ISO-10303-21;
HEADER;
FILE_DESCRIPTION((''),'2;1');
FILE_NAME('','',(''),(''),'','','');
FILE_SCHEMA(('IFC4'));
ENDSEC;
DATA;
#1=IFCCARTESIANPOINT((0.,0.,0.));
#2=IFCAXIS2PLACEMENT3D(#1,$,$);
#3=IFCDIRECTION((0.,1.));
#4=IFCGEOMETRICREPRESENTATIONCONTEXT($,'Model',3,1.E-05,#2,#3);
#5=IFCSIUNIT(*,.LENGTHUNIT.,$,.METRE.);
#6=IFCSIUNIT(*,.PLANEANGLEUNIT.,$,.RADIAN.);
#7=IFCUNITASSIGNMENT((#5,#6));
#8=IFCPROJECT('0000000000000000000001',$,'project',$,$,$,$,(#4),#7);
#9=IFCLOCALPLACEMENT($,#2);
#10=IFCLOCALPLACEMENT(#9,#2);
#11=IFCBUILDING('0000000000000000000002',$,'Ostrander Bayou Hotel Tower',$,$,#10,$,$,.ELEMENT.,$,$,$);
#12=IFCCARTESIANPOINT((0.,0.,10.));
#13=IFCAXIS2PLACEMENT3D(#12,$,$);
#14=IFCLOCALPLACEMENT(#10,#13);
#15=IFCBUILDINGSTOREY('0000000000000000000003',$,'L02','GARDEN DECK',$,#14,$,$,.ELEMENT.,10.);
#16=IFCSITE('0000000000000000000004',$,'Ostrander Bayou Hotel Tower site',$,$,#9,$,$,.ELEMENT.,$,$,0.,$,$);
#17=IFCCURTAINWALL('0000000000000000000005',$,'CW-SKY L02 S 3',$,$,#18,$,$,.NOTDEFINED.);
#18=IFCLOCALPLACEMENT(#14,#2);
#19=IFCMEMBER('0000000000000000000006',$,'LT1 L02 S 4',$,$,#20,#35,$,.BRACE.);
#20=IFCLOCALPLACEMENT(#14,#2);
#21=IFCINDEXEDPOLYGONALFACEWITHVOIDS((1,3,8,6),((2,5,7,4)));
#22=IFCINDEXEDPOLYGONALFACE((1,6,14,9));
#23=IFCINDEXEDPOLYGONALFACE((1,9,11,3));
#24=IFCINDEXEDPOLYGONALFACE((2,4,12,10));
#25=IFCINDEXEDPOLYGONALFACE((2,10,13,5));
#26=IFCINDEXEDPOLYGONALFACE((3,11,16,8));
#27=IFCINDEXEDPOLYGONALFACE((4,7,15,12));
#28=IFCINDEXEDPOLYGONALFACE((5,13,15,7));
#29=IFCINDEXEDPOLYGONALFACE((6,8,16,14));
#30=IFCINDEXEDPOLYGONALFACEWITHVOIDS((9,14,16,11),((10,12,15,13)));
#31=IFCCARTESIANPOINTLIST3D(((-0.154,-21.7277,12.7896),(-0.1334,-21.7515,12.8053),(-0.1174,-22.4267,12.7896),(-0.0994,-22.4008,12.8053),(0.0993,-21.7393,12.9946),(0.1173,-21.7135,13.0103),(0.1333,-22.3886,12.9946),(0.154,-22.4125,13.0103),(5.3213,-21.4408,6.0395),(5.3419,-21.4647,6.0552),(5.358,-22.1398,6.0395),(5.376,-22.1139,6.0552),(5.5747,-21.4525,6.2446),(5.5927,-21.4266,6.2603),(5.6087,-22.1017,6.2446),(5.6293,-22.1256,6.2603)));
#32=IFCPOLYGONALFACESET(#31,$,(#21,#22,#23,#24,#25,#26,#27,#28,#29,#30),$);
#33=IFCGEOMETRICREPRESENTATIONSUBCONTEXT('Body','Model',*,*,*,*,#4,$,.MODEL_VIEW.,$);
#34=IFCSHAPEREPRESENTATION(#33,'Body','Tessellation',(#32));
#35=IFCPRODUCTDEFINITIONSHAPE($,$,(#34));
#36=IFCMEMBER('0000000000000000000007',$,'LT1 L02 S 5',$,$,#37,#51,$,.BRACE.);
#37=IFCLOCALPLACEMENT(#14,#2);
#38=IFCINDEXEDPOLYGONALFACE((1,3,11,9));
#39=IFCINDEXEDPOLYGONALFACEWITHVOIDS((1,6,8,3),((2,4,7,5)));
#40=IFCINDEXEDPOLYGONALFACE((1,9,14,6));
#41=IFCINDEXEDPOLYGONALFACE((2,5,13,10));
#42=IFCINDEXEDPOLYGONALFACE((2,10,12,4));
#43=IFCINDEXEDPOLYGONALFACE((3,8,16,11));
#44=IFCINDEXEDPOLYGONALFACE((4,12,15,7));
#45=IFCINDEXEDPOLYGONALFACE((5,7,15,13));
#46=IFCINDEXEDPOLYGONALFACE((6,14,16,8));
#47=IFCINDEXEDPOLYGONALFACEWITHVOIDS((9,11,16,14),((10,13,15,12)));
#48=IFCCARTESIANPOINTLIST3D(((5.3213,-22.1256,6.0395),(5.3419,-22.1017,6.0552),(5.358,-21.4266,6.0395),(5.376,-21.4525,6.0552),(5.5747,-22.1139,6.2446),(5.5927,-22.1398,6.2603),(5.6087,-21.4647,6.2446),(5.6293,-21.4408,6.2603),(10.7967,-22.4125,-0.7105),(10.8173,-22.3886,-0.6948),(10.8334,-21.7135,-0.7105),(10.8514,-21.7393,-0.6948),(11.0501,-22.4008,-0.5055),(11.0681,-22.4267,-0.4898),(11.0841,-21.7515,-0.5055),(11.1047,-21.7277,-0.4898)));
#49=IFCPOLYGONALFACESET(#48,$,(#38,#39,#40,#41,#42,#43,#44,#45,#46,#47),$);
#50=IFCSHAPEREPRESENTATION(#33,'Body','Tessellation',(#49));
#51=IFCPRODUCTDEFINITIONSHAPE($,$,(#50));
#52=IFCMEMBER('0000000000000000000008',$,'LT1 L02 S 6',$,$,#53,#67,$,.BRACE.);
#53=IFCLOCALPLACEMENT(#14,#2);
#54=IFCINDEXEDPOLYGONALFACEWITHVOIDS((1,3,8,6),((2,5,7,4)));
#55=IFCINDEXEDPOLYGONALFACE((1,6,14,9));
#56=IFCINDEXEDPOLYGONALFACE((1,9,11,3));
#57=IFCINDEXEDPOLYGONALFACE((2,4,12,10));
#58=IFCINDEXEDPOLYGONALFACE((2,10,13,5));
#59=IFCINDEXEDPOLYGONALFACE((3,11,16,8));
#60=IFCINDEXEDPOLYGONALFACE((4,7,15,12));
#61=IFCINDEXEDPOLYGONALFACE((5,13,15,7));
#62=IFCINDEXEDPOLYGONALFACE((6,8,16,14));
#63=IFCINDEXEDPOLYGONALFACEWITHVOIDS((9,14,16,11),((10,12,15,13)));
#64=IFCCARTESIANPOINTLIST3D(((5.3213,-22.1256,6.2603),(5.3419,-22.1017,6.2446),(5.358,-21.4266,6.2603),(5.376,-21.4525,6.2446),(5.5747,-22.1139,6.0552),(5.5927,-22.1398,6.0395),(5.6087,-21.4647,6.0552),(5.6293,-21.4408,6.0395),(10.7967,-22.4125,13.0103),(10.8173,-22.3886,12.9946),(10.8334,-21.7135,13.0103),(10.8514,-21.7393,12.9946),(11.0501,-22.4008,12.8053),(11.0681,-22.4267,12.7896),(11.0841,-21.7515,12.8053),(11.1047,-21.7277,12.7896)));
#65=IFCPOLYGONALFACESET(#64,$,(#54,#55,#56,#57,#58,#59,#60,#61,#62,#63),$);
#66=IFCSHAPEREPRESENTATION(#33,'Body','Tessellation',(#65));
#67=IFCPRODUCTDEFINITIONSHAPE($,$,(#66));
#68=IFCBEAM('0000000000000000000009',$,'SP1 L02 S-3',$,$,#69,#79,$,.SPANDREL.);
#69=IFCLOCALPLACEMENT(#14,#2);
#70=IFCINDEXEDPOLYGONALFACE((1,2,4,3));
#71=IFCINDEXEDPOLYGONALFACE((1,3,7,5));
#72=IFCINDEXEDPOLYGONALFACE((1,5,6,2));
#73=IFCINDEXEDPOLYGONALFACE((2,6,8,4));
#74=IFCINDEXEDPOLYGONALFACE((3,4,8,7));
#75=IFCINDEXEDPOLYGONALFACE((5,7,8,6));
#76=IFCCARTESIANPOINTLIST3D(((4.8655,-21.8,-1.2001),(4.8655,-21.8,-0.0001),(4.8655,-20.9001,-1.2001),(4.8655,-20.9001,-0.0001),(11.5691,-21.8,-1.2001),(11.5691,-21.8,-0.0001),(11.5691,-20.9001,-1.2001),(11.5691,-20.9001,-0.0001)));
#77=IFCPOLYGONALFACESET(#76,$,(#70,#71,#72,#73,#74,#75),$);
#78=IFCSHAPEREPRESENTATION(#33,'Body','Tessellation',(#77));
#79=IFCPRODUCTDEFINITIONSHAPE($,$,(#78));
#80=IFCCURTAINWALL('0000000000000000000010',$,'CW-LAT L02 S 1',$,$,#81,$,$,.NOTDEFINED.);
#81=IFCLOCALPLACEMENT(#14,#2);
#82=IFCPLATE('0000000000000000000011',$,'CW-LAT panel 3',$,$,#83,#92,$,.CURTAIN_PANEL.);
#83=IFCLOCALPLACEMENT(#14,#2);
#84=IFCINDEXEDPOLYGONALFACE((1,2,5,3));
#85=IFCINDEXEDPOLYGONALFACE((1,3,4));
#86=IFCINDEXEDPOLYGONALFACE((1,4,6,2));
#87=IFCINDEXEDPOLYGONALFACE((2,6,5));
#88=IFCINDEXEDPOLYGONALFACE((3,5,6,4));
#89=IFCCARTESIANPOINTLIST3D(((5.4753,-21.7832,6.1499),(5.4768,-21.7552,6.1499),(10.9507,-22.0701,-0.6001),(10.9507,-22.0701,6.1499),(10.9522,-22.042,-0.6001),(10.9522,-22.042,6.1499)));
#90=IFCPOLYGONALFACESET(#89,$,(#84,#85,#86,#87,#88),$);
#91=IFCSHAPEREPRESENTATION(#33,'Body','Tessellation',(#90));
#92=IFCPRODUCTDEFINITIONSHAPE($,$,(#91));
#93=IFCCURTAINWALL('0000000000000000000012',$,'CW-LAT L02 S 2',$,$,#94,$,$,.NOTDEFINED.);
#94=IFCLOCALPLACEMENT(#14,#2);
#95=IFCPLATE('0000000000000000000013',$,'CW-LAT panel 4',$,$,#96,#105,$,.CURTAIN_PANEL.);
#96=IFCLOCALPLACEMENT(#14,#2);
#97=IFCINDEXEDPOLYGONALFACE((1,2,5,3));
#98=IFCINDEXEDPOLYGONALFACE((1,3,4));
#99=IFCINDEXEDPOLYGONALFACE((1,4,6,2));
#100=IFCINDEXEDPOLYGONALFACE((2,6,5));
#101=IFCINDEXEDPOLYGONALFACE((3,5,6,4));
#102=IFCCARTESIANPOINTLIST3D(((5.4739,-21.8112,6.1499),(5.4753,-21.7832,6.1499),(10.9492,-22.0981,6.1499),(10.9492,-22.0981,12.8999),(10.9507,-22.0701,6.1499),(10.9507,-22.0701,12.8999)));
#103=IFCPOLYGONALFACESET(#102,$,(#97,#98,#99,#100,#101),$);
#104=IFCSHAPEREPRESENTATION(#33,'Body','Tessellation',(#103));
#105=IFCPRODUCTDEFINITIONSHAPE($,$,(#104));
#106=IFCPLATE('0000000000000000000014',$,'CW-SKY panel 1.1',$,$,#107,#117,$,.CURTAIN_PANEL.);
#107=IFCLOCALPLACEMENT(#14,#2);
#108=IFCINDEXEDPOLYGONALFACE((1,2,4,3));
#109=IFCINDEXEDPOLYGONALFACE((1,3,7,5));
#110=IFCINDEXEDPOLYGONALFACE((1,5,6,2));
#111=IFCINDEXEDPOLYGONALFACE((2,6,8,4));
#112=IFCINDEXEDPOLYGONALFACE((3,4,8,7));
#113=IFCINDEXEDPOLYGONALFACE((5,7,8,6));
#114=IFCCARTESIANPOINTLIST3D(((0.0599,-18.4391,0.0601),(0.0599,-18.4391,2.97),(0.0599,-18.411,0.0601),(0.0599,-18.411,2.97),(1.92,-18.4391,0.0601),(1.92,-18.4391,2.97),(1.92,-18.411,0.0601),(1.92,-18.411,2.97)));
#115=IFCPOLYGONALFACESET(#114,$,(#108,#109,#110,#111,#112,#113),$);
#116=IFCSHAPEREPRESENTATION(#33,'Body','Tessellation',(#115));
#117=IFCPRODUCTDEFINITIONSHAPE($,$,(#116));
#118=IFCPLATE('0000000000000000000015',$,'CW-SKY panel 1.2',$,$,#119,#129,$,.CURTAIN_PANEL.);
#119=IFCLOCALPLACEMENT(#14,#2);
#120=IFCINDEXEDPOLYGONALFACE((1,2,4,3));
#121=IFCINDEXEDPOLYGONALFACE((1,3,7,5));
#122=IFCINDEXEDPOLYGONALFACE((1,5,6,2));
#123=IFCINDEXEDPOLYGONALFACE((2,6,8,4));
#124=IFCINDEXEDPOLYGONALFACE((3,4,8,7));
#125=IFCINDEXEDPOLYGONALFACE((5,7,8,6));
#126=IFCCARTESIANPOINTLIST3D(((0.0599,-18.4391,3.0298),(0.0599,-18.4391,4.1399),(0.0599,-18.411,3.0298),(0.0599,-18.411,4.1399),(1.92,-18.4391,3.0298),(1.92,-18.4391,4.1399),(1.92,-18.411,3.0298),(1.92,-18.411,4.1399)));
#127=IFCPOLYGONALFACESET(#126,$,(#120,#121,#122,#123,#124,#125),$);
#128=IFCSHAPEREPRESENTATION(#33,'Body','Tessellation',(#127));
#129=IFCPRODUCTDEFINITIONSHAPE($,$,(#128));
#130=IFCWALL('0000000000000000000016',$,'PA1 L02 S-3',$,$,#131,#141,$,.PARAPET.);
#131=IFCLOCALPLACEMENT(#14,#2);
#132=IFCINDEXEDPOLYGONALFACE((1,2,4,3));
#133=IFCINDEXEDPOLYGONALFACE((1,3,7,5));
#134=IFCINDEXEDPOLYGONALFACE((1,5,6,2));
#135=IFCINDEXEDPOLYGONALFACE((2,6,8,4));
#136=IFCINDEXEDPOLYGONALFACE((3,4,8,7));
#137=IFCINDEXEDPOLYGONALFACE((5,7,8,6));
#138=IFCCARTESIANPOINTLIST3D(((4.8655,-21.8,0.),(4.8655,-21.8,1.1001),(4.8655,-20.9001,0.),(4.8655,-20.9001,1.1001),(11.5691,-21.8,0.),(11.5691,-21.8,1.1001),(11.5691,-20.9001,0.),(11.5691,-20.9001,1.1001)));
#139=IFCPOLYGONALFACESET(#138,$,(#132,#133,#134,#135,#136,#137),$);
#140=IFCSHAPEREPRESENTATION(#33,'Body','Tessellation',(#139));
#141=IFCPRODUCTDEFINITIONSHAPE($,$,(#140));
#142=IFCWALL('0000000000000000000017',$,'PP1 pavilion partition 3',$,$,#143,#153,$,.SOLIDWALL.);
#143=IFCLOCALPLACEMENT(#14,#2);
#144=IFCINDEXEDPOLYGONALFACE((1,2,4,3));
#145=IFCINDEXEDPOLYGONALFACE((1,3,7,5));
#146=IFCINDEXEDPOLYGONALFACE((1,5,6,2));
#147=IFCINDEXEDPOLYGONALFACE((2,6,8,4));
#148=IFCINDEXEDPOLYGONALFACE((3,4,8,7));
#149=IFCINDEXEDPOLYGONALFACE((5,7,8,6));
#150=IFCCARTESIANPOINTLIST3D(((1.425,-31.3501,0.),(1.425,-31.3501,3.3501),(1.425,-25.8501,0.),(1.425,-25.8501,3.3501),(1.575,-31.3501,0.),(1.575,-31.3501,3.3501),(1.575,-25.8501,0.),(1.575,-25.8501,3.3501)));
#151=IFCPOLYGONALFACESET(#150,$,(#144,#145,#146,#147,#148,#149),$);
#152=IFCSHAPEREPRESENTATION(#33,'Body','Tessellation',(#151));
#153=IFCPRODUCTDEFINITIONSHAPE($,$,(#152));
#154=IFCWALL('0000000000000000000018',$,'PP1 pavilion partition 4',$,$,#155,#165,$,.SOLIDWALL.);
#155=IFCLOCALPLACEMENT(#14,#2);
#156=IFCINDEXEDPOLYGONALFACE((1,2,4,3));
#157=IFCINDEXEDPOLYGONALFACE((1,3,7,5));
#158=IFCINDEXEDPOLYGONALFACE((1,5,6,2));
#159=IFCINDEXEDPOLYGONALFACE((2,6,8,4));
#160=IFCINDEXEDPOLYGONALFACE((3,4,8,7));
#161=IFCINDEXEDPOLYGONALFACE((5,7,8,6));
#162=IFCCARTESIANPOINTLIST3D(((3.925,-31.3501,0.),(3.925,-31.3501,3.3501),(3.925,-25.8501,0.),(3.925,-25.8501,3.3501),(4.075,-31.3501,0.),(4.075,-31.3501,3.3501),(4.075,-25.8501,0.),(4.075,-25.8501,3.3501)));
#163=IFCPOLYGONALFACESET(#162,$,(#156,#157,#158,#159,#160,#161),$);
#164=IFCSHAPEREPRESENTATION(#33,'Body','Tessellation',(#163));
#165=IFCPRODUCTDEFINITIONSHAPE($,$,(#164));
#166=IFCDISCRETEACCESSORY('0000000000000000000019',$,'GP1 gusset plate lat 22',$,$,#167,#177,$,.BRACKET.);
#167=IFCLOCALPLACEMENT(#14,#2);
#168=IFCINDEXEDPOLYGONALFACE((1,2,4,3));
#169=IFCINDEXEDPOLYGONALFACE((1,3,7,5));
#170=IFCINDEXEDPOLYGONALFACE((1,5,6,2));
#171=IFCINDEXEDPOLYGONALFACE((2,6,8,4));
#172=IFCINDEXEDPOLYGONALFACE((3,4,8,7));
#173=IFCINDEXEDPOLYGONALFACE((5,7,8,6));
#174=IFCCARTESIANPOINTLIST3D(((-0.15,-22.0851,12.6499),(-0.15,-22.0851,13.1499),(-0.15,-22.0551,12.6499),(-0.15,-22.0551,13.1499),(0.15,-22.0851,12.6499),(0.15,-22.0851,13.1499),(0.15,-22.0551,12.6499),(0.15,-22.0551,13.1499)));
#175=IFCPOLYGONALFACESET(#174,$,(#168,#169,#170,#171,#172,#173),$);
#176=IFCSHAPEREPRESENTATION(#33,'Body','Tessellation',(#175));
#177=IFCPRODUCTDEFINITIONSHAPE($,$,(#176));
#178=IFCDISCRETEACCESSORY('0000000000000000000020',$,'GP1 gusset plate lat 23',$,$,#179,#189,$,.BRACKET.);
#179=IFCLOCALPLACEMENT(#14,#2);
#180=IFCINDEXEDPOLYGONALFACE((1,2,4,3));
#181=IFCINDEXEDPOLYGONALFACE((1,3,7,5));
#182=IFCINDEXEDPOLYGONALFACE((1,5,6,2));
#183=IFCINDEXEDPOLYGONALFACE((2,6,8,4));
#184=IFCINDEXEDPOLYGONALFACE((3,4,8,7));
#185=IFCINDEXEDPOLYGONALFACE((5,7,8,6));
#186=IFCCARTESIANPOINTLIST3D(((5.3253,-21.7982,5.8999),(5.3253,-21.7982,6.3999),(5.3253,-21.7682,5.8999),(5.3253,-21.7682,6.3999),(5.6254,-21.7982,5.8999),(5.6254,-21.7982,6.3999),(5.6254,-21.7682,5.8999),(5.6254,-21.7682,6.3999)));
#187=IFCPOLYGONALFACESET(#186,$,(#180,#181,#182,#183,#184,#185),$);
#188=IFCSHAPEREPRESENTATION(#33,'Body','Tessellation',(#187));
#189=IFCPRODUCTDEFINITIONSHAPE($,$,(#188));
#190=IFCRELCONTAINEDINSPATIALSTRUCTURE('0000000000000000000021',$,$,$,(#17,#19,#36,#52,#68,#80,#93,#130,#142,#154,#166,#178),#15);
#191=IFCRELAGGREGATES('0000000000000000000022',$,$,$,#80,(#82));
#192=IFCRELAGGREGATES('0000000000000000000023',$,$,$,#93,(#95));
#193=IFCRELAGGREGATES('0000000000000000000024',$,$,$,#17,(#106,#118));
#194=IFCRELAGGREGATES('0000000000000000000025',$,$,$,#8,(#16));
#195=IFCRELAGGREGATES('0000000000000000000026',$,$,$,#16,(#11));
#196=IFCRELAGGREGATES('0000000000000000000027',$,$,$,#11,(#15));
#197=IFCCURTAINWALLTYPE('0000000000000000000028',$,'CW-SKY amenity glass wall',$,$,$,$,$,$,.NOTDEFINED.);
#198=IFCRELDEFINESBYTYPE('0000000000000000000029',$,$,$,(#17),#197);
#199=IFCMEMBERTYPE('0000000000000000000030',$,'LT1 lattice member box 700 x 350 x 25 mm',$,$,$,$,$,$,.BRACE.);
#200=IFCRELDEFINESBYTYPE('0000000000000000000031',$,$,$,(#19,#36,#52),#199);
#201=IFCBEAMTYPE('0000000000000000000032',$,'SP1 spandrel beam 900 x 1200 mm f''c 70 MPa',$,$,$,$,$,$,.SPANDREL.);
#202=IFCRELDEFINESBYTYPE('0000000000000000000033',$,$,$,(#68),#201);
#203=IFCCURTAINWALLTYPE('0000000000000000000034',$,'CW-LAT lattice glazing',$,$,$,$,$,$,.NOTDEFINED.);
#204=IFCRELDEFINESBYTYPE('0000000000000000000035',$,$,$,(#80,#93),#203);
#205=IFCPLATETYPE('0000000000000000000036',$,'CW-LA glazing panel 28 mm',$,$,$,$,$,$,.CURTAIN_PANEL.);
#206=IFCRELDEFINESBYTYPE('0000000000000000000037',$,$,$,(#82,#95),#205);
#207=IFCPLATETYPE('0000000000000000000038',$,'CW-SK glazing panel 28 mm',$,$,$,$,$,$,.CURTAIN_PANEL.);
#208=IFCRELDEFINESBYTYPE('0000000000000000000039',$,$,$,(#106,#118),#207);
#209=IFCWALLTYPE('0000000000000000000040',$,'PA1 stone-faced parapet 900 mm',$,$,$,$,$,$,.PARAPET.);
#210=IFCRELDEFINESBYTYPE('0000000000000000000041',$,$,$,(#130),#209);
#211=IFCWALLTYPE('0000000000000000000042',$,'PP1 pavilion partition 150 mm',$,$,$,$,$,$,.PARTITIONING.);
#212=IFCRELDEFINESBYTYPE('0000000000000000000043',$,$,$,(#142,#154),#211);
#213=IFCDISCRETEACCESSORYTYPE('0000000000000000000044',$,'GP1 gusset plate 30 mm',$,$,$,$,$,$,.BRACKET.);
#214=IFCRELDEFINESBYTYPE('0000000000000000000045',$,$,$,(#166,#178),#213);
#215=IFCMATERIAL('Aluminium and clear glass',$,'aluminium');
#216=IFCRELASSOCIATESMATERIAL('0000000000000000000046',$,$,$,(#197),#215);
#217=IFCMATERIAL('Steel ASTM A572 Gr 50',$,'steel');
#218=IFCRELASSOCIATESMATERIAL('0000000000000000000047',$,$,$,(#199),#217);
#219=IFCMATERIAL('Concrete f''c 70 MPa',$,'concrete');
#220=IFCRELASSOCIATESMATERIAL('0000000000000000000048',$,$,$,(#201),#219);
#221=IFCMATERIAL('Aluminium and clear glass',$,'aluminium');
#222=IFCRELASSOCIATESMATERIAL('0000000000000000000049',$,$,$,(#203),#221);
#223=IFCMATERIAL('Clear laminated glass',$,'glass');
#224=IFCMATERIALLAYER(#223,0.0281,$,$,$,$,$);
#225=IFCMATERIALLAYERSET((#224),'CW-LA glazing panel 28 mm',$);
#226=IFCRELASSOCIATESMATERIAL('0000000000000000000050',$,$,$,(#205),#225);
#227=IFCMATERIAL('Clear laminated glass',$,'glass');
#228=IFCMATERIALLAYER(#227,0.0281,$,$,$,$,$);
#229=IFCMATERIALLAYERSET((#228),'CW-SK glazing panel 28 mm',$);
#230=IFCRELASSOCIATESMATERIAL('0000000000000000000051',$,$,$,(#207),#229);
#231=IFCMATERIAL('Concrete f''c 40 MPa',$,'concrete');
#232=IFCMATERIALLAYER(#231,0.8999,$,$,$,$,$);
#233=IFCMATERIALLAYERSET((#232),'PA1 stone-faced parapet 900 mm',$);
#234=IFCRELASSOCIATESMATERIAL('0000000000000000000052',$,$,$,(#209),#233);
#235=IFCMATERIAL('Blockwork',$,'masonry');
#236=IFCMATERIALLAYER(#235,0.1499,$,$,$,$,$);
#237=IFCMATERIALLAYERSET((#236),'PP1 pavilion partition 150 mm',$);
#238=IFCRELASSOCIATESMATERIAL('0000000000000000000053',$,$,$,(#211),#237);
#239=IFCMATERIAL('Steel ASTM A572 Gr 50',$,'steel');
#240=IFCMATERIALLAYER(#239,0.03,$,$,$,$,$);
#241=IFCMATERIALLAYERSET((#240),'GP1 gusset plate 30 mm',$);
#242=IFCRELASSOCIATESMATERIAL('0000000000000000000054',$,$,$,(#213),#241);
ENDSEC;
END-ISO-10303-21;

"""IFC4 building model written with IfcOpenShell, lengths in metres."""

from ifc_helpers import new_model, si_unit, direction, frame, frame_2d, origin, origin_2d, place, context, subcontext, project, spatial, polyline, rectangle, hollow_rectangle, outline, extrude, material, layer, layer_set, material_profile, profile_set, type_object, element, aggregate, save


model = new_model("IFC4")

# Units and contexts
model_context = context("Model", 3, precision=1e-05, world=origin(), true_north=direction((0.0, 1.0)))
body_context = subcontext(model_context, "Body", "Model", "MODEL_VIEW")
ifc_project = project(units=[si_unit("LENGTHUNIT", "METRE"), si_unit("PLANEANGLEUNIT", "RADIAN")], contexts=[model_context])

# Site, building, storey
site_placement = place(None, origin())
site = spatial("IfcSite", under=ifc_project, at=site_placement, Name="Ostrander Bayou Hotel Tower site", CompositionType="ELEMENT", RefElevation=0.0)
building_placement = place(site_placement, origin())
building = spatial("IfcBuilding", under=site, at=building_placement, Name="Ostrander Bayou Hotel Tower", CompositionType="ELEMENT")
storey_placement = place(building_placement, frame((0.0, 0.0, 10.0)))
storey = spatial("IfcBuildingStorey", under=building, at=storey_placement, Name="L02", Description="GARDEN DECK", CompositionType="ELEMENT", Elevation=10.0)

# Curtain wall
ifc_material_1 = material(Name="Aluminium and clear glass", Category="aluminium")
curtain_wall_type_1 = type_object("IfcCurtainWallType", Name="CW-SKY amenity glass wall", PredefinedType="NOTDEFINED", material=ifc_material_1)
curtain_wall_1_placement = place(storey_placement, origin())
curtain_wall_1 = element("IfcCurtainWall", 1, at=curtain_wall_1_placement, inside=storey, type_object=curtain_wall_type_1, Name="CW-SKY L02 S 3", PredefinedType="NOTDEFINED")

# Members
ifc_material_2 = material(Name="Steel ASTM A572 Gr 50", Category="steel")
ifc_material_profile_1 = material_profile(ifc_material_2, hollow_rectangle(XDim=0.7, YDim=0.3501, WallThickness=0.0249, at=origin_2d()))
ifc_profile_set_1 = profile_set([ifc_material_profile_1], Name="Steel ASTM A572 Gr 50")
member_type_1 = type_object("IfcMemberType", Name="LT1 lattice member box 700 x 350 x 25 mm", PredefinedType="BRACE", material=ifc_profile_set_1)
for number, where, z_axis, x_axis, name in (
    (2, (5.4753, -21.7832, 6.1499), (-0.629624, -0.032987, 0.7762), (0.05232, -0.99863, 0.0), "LT1 L02 S 4"),
    (3, (5.4753, -21.7832, 6.1499), (0.629624, -0.032987, -0.7762), (0.05232, 0.99863, 0.0), "LT1 L02 S 5"),
    (4, (5.4753, -21.7832, 6.1499), (0.629624, -0.032987, 0.7762), (0.05232, 0.99863, 0.0), "LT1 L02 S 6"),
):
    element("IfcMember", number, at=place(storey_placement, frame(where, z_axis=z_axis, x_axis=x_axis)), inside=storey, type_object=member_type_1, Name=name, PredefinedType="BRACE", context=body_context, shape_type="SweptSolid", body=[
        extrude(hollow_rectangle(XDim=0.7, YDim=0.3501, WallThickness=0.0249, at=origin_2d()), origin(), (0.0, 0.0, 1.0), 8.6963),
    ])

# Beam
ifc_material_3 = material(Name="Concrete f'c 70 MPa", Category="concrete")
ifc_material_profile_2 = material_profile(ifc_material_3, rectangle(XDim=0.8999, YDim=1.2, at=origin_2d()))
ifc_profile_set_2 = profile_set([ifc_material_profile_2], Name="Concrete f'c 70 MPa")
beam_type_1 = type_object("IfcBeamType", Name="SP1 spandrel beam 900 x 1200 mm f'c 70 MPa", PredefinedType="SPANDREL", material=ifc_profile_set_2)
beam_1_placement = place(storey_placement, frame((4.8655, -21.3501, -0.6001), z_axis=(1.0, 0.0, 0.0), x_axis=(0.0, 1.0, 0.0)))
element("IfcBeam", 5, at=beam_1_placement, inside=storey, type_object=beam_type_1, Name="SP1 L02 S-3", PredefinedType="SPANDREL", context=body_context, shape_type="SweptSolid", body=[
    extrude(rectangle(XDim=0.8999, YDim=1.2, at=origin_2d()), origin(), (0.0, 0.0, 1.0), 6.7036),
])

# Curtain walls, plates
ifc_material_4 = material(Name="Aluminium and clear glass", Category="aluminium")
curtain_wall_type_2 = type_object("IfcCurtainWallType", Name="CW-LAT lattice glazing", PredefinedType="NOTDEFINED", material=ifc_material_4)
curtain_wall_2_placement = place(storey_placement, origin())
curtain_wall_2 = element("IfcCurtainWall", 6, at=curtain_wall_2_placement, inside=storey, type_object=curtain_wall_type_2, Name="CW-LAT L02 S 1", PredefinedType="NOTDEFINED")
ifc_material_5 = material(Name="Clear laminated glass", Category="glass")
ifc_layer_1 = layer(ifc_material_5, 0.0281)
ifc_layer_set_1 = layer_set([ifc_layer_1], Name="CW-LA glazing panel 28 mm")
plate_type_1 = type_object("IfcPlateType", Name="CW-LA glazing panel 28 mm", PredefinedType="CURTAIN_PANEL", material=ifc_layer_set_1)
plate_1_placement = place(storey_placement, frame((5.4753, -21.7832, 6.1499), z_axis=(-0.05232, -0.99863, 0.0), x_axis=(0.629624, -0.032987, -0.7762)))
plate_1 = element("IfcPlate", 7, at=plate_1_placement, type_object=plate_type_1, Name="CW-LAT panel 3", PredefinedType="CURTAIN_PANEL", context=body_context, shape_type="SweptSolid", body=[
    extrude(outline(polyline([(0.0, 0.0), (8.6962, 0.0), (3.4569, 4.2558), (0.0, 0.0)])), origin(), (0.0, 0.0, -1.0), 0.0281),
])
aggregate(curtain_wall_2, [plate_1])
curtain_wall_3_placement = place(storey_placement, origin())
curtain_wall_3 = element("IfcCurtainWall", 8, at=curtain_wall_3_placement, inside=storey, type_object=curtain_wall_type_2, Name="CW-LAT L02 S 2", PredefinedType="NOTDEFINED")
plate_2_placement = place(storey_placement, frame((5.4753, -21.7832, 6.1499), z_axis=(0.05232, 0.99863, 0.0), x_axis=(0.629624, -0.032987, 0.7762)))
plate_2 = element("IfcPlate", 9, at=plate_2_placement, type_object=plate_type_1, Name="CW-LAT panel 4", PredefinedType="CURTAIN_PANEL", context=body_context, shape_type="SweptSolid", body=[
    extrude(outline(polyline([(0.0, 0.0), (8.6962, 0.0), (3.4569, 4.2558), (0.0, 0.0)])), origin(), (0.0, 0.0, -1.0), 0.0281),
])
aggregate(curtain_wall_3, [plate_2])

# Plates
ifc_material_6 = material(Name="Clear laminated glass", Category="glass")
ifc_layer_2 = layer(ifc_material_6, 0.0281)
ifc_layer_set_2 = layer_set([ifc_layer_2], Name="CW-SK glazing panel 28 mm")
plate_type_2 = type_object("IfcPlateType", Name="CW-SK glazing panel 28 mm", PredefinedType="CURTAIN_PANEL", material=ifc_layer_set_2)
plate_3_placement = place(storey_placement, frame((0.99, -18.425, 0.0601), z_axis=(0.0, 0.0, 1.0), x_axis=(1.0, 0.0, 0.0)))
plate_3 = element("IfcPlate", 10, at=plate_3_placement, type_object=plate_type_2, Name="CW-SKY panel 1.1", PredefinedType="CURTAIN_PANEL", context=body_context, shape_type="SweptSolid", body=[
    extrude(rectangle(XDim=1.8601, YDim=0.0281, at=origin_2d()), origin(), (0.0, 0.0, 1.0), 2.9099),
])
plate_4_placement = place(storey_placement, frame((0.99, -18.425, 3.0298), z_axis=(0.0, 0.0, 1.0), x_axis=(1.0, 0.0, 0.0)))
plate_4 = element("IfcPlate", 11, at=plate_4_placement, type_object=plate_type_2, Name="CW-SKY panel 1.2", PredefinedType="CURTAIN_PANEL", context=body_context, shape_type="SweptSolid", body=[
    extrude(rectangle(XDim=1.8601, YDim=0.0281, at=origin_2d()), origin(), (0.0, 0.0, 1.0), 1.1101),
])
aggregate(curtain_wall_1, [plate_3, plate_4])

# Walls
ifc_material_7 = material(Name="Concrete f'c 40 MPa", Category="concrete")
ifc_layer_3 = layer(ifc_material_7, 0.8999)
ifc_layer_set_3 = layer_set([ifc_layer_3], Name="PA1 stone-faced parapet 900 mm")
wall_type_1 = type_object("IfcWallType", Name="PA1 stone-faced parapet 900 mm", PredefinedType="PARAPET", material=ifc_layer_set_3)
wall_placement = place(storey_placement, frame((4.8655, -21.3501, 0.0), z_axis=(0.0, 0.0, 1.0), x_axis=(1.0, 0.0, 0.0)))
element("IfcWall", 12, at=wall_placement, inside=storey, type_object=wall_type_1, Name="PA1 L02 S-3", PredefinedType="PARAPET", context=body_context, shape_type="SweptSolid", body=[
    extrude(rectangle(XDim=6.7036, YDim=0.8999, at=frame_2d((3.3518, 0.0))), origin(), (0.0, 0.0, 1.0), 1.1001),
])
ifc_material_8 = material(Name="Blockwork", Category="masonry")
ifc_layer_4 = layer(ifc_material_8, 0.1499)
ifc_layer_set_4 = layer_set([ifc_layer_4], Name="PP1 pavilion partition 150 mm")
wall_type_2 = type_object("IfcWallType", Name="PP1 pavilion partition 150 mm", PredefinedType="PARTITIONING", material=ifc_layer_set_4)
for number, where, z_axis, x_axis, name in (
    (13, (1.5, -31.3501, 0.0), (0.0, 0.0, 1.0), (0.0, 1.0, 0.0), "PP1 pavilion partition 3"),
    (14, (4.0, -31.3501, 0.0), (0.0, 0.0, 1.0), (0.0, 1.0, 0.0), "PP1 pavilion partition 4"),
):
    element("IfcWall", number, at=place(storey_placement, frame(where, z_axis=z_axis, x_axis=x_axis)), inside=storey, type_object=wall_type_2, Name=name, PredefinedType="SOLIDWALL", context=body_context, shape_type="SweptSolid", body=[
        extrude(rectangle(XDim=5.5, YDim=0.1499, at=frame_2d((2.75, 0.0))), origin(), (0.0, 0.0, 1.0), 3.3501),
    ])

# Discrete accessories
ifc_material_9 = material(Name="Steel ASTM A572 Gr 50", Category="steel")
ifc_layer_5 = layer(ifc_material_9, 0.03)
ifc_layer_set_5 = layer_set([ifc_layer_5], Name="GP1 gusset plate 30 mm")
discrete_accessory_type = type_object("IfcDiscreteAccessoryType", Name="GP1 gusset plate 30 mm", PredefinedType="BRACKET", material=ifc_layer_set_5)
for number, where, z_axis, x_axis, name in (
    (15, (0.0, -22.0701, 12.6499), (0.0, 0.0, 1.0), (1.0, 0.0, 0.0), "GP1 gusset plate lat 22"),
    (16, (5.4753, -21.7832, 5.8999), (0.0, 0.0, 1.0), (1.0, 0.0, 0.0), "GP1 gusset plate lat 23"),
):
    element("IfcDiscreteAccessory", number, at=place(storey_placement, frame(where, z_axis=z_axis, x_axis=x_axis)), inside=storey, type_object=discrete_accessory_type, Name=name, PredefinedType="BRACKET", context=body_context, shape_type="SweptSolid", body=[
        extrude(rectangle(XDim=0.3, YDim=0.03, at=origin_2d()), origin(), (0.0, 0.0, 1.0), 0.5),
    ])

save(model, "model.ifc")
